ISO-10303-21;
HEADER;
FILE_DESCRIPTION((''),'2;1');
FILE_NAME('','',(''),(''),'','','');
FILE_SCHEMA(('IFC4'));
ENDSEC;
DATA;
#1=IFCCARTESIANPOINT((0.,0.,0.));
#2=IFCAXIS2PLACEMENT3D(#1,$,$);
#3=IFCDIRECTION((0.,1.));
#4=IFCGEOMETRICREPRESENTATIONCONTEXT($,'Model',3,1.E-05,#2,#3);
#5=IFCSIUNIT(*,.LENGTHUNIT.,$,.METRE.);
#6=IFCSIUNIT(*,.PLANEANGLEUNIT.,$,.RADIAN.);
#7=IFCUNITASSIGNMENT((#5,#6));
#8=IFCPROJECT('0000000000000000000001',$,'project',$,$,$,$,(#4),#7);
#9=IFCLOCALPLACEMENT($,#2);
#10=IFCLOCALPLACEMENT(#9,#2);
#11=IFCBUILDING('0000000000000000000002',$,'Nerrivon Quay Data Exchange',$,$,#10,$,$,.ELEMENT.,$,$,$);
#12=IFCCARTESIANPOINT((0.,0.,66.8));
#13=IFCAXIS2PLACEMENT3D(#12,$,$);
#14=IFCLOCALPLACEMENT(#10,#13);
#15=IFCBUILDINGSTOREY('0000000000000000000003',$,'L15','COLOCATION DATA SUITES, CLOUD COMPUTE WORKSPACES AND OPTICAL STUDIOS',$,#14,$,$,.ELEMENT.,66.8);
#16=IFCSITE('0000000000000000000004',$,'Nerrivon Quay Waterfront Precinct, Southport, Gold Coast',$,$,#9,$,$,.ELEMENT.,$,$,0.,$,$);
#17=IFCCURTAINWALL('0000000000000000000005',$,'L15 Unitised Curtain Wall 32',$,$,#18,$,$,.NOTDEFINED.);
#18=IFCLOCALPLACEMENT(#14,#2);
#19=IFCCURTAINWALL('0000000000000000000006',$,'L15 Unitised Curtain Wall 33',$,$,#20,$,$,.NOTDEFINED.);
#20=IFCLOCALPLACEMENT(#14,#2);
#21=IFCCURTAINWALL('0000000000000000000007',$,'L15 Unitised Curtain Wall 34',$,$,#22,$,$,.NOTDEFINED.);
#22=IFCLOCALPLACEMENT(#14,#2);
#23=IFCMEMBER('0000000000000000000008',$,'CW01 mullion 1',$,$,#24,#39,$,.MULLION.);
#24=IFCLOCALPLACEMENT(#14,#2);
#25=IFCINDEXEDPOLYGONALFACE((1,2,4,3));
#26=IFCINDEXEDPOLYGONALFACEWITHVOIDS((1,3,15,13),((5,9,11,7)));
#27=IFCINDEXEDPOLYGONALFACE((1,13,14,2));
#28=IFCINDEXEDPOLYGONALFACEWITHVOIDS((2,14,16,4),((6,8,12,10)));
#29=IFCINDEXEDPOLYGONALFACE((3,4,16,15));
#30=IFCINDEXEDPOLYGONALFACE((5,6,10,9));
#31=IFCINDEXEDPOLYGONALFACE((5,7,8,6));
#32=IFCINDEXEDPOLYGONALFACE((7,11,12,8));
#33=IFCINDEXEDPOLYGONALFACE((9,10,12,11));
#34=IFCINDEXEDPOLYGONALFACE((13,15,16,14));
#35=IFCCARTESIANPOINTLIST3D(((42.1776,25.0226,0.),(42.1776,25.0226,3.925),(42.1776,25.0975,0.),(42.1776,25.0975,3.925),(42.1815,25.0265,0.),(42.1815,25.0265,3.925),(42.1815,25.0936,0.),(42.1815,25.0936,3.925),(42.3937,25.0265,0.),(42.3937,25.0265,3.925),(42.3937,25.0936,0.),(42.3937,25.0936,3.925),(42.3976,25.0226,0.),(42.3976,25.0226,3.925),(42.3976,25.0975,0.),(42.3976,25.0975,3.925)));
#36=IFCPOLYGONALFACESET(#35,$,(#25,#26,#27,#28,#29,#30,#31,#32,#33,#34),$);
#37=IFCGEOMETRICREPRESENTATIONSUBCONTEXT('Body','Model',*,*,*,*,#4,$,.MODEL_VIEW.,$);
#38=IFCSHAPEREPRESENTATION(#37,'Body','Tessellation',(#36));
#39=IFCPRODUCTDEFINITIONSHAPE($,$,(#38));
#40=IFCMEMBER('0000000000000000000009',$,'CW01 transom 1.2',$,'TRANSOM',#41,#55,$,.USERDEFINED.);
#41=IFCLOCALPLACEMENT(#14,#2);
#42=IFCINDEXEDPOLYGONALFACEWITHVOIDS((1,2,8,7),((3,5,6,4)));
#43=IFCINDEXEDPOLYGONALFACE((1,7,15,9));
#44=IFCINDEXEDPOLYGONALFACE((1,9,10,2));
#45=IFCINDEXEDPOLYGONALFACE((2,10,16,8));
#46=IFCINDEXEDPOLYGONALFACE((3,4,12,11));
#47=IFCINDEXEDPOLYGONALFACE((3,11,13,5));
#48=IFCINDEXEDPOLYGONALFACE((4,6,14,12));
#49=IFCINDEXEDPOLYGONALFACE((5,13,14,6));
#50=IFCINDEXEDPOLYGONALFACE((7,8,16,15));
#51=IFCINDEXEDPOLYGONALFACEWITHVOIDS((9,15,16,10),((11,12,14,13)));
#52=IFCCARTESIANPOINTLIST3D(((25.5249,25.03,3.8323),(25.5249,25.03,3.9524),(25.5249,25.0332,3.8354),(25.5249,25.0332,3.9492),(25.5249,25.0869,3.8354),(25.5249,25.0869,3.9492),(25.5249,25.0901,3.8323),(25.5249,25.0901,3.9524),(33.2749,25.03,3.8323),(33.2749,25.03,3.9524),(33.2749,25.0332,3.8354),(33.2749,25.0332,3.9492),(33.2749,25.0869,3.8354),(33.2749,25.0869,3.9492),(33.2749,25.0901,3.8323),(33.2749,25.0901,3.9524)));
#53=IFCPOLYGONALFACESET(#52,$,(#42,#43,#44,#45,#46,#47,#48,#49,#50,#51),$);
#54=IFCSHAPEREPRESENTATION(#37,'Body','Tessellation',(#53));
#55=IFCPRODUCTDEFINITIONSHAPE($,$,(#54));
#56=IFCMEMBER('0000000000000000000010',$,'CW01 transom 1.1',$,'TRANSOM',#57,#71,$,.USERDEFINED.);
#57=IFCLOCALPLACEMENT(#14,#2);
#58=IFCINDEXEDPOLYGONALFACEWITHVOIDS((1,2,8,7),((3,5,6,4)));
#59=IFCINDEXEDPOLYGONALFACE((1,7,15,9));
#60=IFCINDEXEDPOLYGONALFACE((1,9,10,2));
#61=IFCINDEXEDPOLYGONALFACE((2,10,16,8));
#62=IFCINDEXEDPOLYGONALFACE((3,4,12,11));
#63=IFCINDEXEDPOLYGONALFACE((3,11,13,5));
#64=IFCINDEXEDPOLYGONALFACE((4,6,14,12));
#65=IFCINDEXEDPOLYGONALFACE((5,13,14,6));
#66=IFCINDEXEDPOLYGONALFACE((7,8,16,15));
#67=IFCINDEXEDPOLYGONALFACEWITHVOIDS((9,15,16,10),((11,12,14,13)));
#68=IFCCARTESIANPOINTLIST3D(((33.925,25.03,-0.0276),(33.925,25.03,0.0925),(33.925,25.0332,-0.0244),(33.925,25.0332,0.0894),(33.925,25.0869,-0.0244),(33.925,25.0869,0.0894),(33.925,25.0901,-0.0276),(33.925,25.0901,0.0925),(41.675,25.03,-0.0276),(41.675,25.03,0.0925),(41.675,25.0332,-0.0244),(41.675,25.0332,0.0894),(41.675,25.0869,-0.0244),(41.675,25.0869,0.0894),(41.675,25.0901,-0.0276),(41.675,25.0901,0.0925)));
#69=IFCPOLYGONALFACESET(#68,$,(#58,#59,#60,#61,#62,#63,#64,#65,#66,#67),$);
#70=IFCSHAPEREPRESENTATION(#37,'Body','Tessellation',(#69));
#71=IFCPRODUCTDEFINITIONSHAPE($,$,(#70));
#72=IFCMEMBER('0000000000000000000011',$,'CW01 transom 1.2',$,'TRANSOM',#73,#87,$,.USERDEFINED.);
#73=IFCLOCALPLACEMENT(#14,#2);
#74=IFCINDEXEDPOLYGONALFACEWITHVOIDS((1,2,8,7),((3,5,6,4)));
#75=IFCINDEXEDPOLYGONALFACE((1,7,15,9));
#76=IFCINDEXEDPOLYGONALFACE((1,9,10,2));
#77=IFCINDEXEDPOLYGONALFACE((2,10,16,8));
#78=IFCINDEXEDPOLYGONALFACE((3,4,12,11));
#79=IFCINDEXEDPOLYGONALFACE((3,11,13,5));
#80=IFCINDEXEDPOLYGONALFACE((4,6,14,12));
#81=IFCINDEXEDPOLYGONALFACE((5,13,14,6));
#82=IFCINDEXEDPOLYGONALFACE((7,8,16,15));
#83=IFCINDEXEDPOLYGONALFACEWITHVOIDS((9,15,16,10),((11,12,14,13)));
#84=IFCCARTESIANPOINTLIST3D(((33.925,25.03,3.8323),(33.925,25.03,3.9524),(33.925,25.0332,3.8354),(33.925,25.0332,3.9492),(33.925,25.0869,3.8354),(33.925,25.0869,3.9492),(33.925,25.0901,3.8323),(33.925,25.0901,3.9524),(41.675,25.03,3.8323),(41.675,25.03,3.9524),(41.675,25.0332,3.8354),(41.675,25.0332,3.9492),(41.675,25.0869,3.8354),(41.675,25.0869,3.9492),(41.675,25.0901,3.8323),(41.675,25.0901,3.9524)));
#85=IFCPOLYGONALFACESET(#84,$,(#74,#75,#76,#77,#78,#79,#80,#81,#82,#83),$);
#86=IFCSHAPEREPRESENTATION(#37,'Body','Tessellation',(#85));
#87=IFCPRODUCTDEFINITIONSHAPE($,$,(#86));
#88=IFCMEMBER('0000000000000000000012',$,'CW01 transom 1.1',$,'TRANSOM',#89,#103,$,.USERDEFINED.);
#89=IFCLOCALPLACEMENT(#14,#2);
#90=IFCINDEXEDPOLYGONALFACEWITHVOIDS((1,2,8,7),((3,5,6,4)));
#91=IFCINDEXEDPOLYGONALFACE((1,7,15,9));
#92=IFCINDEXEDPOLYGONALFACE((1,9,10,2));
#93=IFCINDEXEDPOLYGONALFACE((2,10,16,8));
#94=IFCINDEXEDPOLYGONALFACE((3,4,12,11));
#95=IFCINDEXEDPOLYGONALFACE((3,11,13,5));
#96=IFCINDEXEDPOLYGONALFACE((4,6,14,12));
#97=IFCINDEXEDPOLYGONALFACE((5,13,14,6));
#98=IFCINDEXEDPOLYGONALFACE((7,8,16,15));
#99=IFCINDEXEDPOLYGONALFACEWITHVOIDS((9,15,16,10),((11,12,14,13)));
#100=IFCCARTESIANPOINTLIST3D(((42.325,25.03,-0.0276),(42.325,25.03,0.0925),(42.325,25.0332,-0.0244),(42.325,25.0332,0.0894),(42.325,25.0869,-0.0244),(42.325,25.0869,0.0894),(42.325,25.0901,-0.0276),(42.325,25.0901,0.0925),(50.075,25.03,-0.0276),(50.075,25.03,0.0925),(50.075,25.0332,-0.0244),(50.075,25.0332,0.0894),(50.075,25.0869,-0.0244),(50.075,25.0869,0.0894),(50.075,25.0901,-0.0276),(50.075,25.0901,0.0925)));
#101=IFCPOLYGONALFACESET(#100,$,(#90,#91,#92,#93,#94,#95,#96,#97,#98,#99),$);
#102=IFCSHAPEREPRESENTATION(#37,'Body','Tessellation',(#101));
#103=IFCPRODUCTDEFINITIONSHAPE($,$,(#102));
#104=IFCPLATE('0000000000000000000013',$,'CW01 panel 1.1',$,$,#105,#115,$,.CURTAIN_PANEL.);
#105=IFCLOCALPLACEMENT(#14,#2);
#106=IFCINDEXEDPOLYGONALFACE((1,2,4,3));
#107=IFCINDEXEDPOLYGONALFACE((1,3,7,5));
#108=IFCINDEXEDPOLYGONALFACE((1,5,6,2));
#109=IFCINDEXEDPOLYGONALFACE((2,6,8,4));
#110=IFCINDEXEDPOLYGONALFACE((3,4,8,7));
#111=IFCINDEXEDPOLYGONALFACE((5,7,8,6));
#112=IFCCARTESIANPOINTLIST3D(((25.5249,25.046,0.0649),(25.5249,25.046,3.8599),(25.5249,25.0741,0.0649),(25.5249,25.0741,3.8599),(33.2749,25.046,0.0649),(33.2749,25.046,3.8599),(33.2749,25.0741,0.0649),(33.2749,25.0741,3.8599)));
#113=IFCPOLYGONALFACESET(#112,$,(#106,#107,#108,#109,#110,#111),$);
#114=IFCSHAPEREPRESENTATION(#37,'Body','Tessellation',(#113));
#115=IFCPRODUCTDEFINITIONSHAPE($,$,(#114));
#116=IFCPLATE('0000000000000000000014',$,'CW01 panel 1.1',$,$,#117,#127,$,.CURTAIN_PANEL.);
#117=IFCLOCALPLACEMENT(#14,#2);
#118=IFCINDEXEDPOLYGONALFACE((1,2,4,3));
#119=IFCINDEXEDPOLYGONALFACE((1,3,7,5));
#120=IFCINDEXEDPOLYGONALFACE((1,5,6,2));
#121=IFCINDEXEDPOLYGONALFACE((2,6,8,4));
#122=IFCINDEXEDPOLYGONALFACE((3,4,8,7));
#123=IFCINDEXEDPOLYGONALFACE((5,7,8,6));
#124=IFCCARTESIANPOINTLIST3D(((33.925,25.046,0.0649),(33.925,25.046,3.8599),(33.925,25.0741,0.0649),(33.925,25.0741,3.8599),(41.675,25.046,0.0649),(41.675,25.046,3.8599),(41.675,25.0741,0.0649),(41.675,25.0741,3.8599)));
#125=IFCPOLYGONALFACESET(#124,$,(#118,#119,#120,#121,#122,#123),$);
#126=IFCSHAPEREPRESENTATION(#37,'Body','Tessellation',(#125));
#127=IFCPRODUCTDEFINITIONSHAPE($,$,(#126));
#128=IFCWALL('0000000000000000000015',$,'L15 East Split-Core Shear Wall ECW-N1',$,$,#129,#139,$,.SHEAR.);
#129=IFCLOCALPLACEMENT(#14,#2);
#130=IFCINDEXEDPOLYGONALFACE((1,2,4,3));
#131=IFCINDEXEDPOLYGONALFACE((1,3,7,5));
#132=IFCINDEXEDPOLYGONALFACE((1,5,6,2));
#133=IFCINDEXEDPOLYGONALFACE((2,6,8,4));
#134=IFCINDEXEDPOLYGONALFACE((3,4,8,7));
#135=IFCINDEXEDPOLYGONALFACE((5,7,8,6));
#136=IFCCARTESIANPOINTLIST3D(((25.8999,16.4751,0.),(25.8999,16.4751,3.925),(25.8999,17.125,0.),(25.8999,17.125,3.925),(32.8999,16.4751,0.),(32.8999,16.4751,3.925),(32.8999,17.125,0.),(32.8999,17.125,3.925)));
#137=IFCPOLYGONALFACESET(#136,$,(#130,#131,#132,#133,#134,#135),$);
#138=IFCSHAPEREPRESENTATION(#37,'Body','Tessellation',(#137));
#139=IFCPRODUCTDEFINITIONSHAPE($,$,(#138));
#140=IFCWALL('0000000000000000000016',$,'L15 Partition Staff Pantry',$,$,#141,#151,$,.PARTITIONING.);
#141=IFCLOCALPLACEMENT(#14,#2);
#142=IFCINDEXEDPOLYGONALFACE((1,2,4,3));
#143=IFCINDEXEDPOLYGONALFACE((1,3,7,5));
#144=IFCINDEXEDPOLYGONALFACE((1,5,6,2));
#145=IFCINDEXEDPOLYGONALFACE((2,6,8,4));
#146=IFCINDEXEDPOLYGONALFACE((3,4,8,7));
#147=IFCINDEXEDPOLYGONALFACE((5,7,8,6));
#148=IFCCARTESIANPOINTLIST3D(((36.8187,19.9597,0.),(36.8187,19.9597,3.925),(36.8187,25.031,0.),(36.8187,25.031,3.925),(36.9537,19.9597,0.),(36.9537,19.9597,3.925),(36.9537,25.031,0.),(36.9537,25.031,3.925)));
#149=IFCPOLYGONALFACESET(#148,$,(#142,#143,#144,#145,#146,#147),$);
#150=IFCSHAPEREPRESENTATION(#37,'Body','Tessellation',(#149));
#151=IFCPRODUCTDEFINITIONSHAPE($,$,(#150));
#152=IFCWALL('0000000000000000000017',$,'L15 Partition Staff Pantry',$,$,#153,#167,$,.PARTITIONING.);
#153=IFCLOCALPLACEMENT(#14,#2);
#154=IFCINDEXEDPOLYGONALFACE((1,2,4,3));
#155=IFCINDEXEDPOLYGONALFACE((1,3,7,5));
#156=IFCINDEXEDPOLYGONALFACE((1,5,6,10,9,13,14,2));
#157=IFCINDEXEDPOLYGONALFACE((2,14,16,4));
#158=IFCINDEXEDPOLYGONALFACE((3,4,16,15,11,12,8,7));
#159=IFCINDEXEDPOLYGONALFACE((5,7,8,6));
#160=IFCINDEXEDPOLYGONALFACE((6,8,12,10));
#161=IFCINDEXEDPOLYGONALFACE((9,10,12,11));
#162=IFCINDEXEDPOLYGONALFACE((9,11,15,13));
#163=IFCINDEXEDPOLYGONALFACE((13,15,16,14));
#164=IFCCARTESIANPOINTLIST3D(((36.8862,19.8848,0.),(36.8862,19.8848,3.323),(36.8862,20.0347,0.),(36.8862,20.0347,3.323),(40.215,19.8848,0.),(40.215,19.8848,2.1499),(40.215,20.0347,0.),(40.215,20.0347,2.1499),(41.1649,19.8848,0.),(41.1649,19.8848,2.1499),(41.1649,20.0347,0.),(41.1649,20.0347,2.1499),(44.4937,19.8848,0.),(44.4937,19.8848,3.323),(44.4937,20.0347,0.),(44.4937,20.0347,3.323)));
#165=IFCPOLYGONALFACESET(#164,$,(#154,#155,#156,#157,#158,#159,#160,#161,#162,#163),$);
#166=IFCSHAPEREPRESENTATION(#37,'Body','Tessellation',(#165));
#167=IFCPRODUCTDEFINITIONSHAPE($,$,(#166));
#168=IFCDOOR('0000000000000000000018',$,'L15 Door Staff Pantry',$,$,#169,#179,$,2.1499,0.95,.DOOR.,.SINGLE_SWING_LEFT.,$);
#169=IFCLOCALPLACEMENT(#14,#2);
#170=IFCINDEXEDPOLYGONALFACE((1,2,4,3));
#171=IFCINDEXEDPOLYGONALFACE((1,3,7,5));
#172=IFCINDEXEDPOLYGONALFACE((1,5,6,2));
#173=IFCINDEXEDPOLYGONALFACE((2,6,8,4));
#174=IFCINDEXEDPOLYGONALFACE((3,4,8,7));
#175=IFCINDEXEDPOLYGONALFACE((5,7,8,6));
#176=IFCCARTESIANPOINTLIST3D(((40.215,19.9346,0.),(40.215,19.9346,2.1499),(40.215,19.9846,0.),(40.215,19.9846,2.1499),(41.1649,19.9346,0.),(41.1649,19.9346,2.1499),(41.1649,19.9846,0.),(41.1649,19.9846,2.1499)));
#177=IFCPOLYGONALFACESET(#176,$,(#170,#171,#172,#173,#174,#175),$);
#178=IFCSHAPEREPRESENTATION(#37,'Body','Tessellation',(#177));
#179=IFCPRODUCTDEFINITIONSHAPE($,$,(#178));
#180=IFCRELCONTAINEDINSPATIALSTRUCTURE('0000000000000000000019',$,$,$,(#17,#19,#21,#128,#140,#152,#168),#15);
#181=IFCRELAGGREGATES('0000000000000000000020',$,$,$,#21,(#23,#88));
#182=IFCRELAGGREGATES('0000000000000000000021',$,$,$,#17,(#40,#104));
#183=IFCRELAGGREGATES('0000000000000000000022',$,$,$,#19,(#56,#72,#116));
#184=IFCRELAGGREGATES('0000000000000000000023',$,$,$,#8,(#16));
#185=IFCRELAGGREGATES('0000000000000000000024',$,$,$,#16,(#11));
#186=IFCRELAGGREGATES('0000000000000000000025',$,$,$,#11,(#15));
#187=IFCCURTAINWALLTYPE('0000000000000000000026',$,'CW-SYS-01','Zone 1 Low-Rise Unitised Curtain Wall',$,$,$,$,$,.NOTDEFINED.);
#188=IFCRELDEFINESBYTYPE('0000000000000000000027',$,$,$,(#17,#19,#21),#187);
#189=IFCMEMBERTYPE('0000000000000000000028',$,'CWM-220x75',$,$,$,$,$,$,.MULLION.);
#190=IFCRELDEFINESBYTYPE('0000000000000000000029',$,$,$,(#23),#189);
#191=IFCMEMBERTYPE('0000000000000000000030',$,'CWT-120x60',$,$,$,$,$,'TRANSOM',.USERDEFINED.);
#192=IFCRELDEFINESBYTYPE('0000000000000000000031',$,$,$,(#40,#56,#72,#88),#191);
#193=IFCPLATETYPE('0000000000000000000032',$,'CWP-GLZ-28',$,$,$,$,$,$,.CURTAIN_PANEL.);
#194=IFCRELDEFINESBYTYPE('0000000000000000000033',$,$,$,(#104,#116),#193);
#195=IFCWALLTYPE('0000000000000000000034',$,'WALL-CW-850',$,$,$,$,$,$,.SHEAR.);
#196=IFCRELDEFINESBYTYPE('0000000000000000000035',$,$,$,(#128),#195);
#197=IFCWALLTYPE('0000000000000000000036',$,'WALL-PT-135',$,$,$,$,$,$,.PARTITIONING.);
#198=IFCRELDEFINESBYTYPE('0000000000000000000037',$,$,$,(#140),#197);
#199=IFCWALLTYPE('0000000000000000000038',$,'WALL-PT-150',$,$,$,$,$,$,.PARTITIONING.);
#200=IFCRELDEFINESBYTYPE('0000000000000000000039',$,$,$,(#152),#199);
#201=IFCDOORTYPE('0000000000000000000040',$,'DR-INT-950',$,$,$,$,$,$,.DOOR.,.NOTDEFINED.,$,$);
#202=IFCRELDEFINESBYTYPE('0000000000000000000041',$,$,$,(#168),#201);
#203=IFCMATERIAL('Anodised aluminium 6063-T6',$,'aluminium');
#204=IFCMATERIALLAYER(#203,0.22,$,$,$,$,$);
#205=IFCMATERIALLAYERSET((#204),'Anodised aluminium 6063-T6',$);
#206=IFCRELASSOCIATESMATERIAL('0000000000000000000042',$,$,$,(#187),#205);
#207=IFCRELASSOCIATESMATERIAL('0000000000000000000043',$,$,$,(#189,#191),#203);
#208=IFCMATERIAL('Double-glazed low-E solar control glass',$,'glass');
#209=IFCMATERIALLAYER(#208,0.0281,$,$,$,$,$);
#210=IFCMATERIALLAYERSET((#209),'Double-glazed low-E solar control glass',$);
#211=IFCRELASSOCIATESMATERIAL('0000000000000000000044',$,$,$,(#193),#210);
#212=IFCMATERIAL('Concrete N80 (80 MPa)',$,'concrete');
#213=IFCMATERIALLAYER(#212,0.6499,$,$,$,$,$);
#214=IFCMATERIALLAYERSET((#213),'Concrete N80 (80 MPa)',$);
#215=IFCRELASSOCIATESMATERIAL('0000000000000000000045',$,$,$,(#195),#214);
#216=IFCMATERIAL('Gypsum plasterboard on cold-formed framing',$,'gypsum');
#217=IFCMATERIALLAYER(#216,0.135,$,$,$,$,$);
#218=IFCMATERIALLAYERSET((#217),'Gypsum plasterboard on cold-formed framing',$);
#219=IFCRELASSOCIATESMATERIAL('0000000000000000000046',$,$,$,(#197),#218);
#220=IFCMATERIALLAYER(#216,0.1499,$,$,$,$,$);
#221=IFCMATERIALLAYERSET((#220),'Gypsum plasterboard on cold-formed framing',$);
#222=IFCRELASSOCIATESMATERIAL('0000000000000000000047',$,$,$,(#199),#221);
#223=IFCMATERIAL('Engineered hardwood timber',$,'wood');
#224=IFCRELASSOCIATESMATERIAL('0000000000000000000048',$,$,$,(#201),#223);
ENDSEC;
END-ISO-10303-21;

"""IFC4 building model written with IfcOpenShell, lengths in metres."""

from ifc_helpers import new_model, si_unit, direction, frame, frame_2d, origin, origin_2d, place, context, subcontext, project, spatial, rectangle, hollow_rectangle, extrude, material, layer, layer_set, material_profile, profile_set, type_object, element, fill, aggregate, save


model = new_model("IFC4")

# Units and contexts
model_context = context("Model", 3, precision=1e-05, world=origin(), true_north=direction((0.0, 1.0)))
body_context = subcontext(model_context, "Body", "Model", "MODEL_VIEW")
ifc_project = project(units=[si_unit("LENGTHUNIT", "METRE"), si_unit("PLANEANGLEUNIT", "RADIAN")], contexts=[model_context])

# Site, building, storey
site_placement = place(None, origin())
site = spatial("IfcSite", under=ifc_project, at=site_placement, Name="Nerrivon Quay Waterfront Precinct, Southport, Gold Coast", CompositionType="ELEMENT", RefElevation=0.0)
building_placement = place(site_placement, origin())
building = spatial("IfcBuilding", under=site, at=building_placement, Name="Nerrivon Quay Data Exchange", CompositionType="ELEMENT")
storey_placement = place(building_placement, frame((0.0, 0.0, 66.8)))
storey = spatial("IfcBuildingStorey", under=building, at=storey_placement, Name="L15", Description="COLOCATION DATA SUITES, CLOUD COMPUTE WORKSPACES AND OPTICAL STUDIOS", CompositionType="ELEMENT", Elevation=66.8)

# Shared definitions
ifc_material_1 = material(Name="Concrete N80 (80 MPa)", Category="concrete")

# Curtain wall
ifc_material_2 = material(Name="Anodised aluminium 6063-T6", Category="aluminium")
ifc_layer_1 = layer(ifc_material_2, 0.22)
ifc_layer_set_1 = layer_set([ifc_layer_1], Name="Anodised aluminium 6063-T6")
curtain_wall_type = type_object("IfcCurtainWallType", Name="CW-SYS-01", Description="Zone 1 Low-Rise Unitised Curtain Wall", PredefinedType="NOTDEFINED", material=ifc_layer_set_1)
curtain_wall_1_placement = place(storey_placement, origin())
curtain_wall_1 = element("IfcCurtainWall", 1, at=curtain_wall_1_placement, inside=storey, type_object=curtain_wall_type, Name="L15 Unitised Curtain Wall 32", PredefinedType="NOTDEFINED")
ifc_material_profile_1 = material_profile(ifc_material_2, hollow_rectangle(XDim=0.075, YDim=0.22, WallThickness=0.0039, at=origin_2d()), Name="ALU-MULL-220x75")
ifc_profile_set_1 = profile_set([ifc_material_profile_1], Name="Anodised aluminium 6063-T6")
member_type_1 = type_object("IfcMemberType", Name="CWM-220x75", PredefinedType="MULLION", material=ifc_profile_set_1)

# Curtain wall
curtain_wall_2_placement = place(storey_placement, origin())
curtain_wall_2 = element("IfcCurtainWall", 2, at=curtain_wall_2_placement, inside=storey, type_object=curtain_wall_type, Name="L15 Unitised Curtain Wall 33", PredefinedType="NOTDEFINED")

# Curtain wall, member
curtain_wall_3_placement = place(storey_placement, origin())
curtain_wall_3 = element("IfcCurtainWall", 3, at=curtain_wall_3_placement, inside=storey, type_object=curtain_wall_type, Name="L15 Unitised Curtain Wall 34", PredefinedType="NOTDEFINED")
member_1_placement = place(storey_placement, frame((42.2876, 25.0601, 0.0), z_axis=(0.0, 0.0, 1.0), x_axis=(0.0, 1.0, 0.0)))
member_1 = element("IfcMember", 4, at=member_1_placement, type_object=member_type_1, Name="CW01 mullion 1", PredefinedType="MULLION", context=body_context, shape_type="SweptSolid", body=[
    extrude(hollow_rectangle(XDim=0.075, YDim=0.22, WallThickness=0.0039, at=origin_2d()), origin(), (0.0, 0.0, 1.0), 3.925),
])

# Members
ifc_material_profile_2 = material_profile(ifc_material_2, hollow_rectangle(XDim=0.0601, YDim=0.1201, WallThickness=0.0032, at=origin_2d()), Name="ALU-TRAN-120x60")
ifc_profile_set_2 = profile_set([ifc_material_profile_2], Name="Anodised aluminium 6063-T6")
member_type_2 = type_object("IfcMemberType", Name="CWT-120x60", ElementType="TRANSOM", PredefinedType="USERDEFINED", material=ifc_profile_set_2)
member_2_placement = place(storey_placement, frame((25.5249, 25.0601, 3.8923), z_axis=(1.0, 0.0, 0.0), x_axis=(0.0, 1.0, 0.0)))
member_2 = element("IfcMember", 5, at=member_2_placement, type_object=member_type_2, Name="CW01 transom 1.2", ObjectType="TRANSOM", PredefinedType="USERDEFINED", context=body_context, shape_type="SweptSolid", body=[
    extrude(hollow_rectangle(XDim=0.0601, YDim=0.1201, WallThickness=0.0032, at=origin_2d()), origin(), (0.0, 0.0, 1.0), 7.75),
])
member_3_placement = place(storey_placement, frame((33.925, 25.0601, 0.0325), z_axis=(1.0, 0.0, 0.0), x_axis=(0.0, 1.0, 0.0)))
member_3 = element("IfcMember", 6, at=member_3_placement, type_object=member_type_2, Name="CW01 transom 1.1", ObjectType="TRANSOM", PredefinedType="USERDEFINED", context=body_context, shape_type="SweptSolid", body=[
    extrude(hollow_rectangle(XDim=0.0601, YDim=0.1201, WallThickness=0.0032, at=origin_2d()), origin(), (0.0, 0.0, 1.0), 7.75),
])
member_4_placement = place(storey_placement, frame((33.925, 25.0601, 3.8923), z_axis=(1.0, 0.0, 0.0), x_axis=(0.0, 1.0, 0.0)))
member_4 = element("IfcMember", 7, at=member_4_placement, type_object=member_type_2, Name="CW01 transom 1.2", ObjectType="TRANSOM", PredefinedType="USERDEFINED", context=body_context, shape_type="SweptSolid", body=[
    extrude(hollow_rectangle(XDim=0.0601, YDim=0.1201, WallThickness=0.0032, at=origin_2d()), origin(), (0.0, 0.0, 1.0), 7.75),
])
member_5_placement = place(storey_placement, frame((42.325, 25.0601, 0.0325), z_axis=(1.0, 0.0, 0.0), x_axis=(0.0, 1.0, 0.0)))
member_5 = element("IfcMember", 8, at=member_5_placement, type_object=member_type_2, Name="CW01 transom 1.1", ObjectType="TRANSOM", PredefinedType="USERDEFINED", context=body_context, shape_type="SweptSolid", body=[
    extrude(hollow_rectangle(XDim=0.0601, YDim=0.1201, WallThickness=0.0032, at=origin_2d()), origin(), (0.0, 0.0, 1.0), 7.75),
])
aggregate(curtain_wall_3, [member_1, member_5])

# Plates
ifc_material_3 = material(Name="Double-glazed low-E solar control glass", Category="glass")
ifc_layer_2 = layer(ifc_material_3, 0.0281)
ifc_layer_set_2 = layer_set([ifc_layer_2], Name="Double-glazed low-E solar control glass")
plate_type = type_object("IfcPlateType", Name="CWP-GLZ-28", PredefinedType="CURTAIN_PANEL", material=ifc_layer_set_2)
plate_1_placement = place(storey_placement, frame((29.3999, 25.0601, 0.0649), z_axis=(0.0, 0.0, 1.0), x_axis=(1.0, 0.0, 0.0)))
plate_1 = element("IfcPlate", 9, at=plate_1_placement, type_object=plate_type, Name="CW01 panel 1.1", PredefinedType="CURTAIN_PANEL", context=body_context, shape_type="SweptSolid", body=[
    extrude(rectangle(XDim=7.75, YDim=0.0281, at=origin_2d()), origin(), (0.0, 0.0, 1.0), 3.7949),
])
aggregate(curtain_wall_1, [member_2, plate_1])
plate_2_placement = place(storey_placement, frame((37.8, 25.0601, 0.0649), z_axis=(0.0, 0.0, 1.0), x_axis=(1.0, 0.0, 0.0)))
plate_2 = element("IfcPlate", 10, at=plate_2_placement, type_object=plate_type, Name="CW01 panel 1.1", PredefinedType="CURTAIN_PANEL", context=body_context, shape_type="SweptSolid", body=[
    extrude(rectangle(XDim=7.75, YDim=0.0281, at=origin_2d()), origin(), (0.0, 0.0, 1.0), 3.7949),
])
aggregate(curtain_wall_2, [member_3, member_4, plate_2])

# Walls
ifc_layer_3 = layer(ifc_material_1, 0.6499)
ifc_layer_set_3 = layer_set([ifc_layer_3], Name="Concrete N80 (80 MPa)")
wall_type_1 = type_object("IfcWallType", Name="WALL-CW-850", PredefinedType="SHEAR", material=ifc_layer_set_3)
wall_1_placement = place(storey_placement, frame((25.8999, 16.8, 0.0), z_axis=(0.0, 0.0, 1.0), x_axis=(1.0, 0.0, 0.0)))
element("IfcWall", 11, at=wall_1_placement, inside=storey, type_object=wall_type_1, Name="L15 East Split-Core Shear Wall ECW-N1", PredefinedType="SHEAR", context=body_context, shape_type="SweptSolid", body=[
    extrude(rectangle(XDim=7.0, YDim=0.6499, at=frame_2d((3.5, 0.0))), origin(), (0.0, 0.0, 1.0), 3.925),
])
ifc_material_4 = material(Name="Gypsum plasterboard on cold-formed framing", Category="gypsum")
ifc_layer_4 = layer(ifc_material_4, 0.135)
ifc_layer_set_4 = layer_set([ifc_layer_4], Name="Gypsum plasterboard on cold-formed framing")
wall_type_2 = type_object("IfcWallType", Name="WALL-PT-135", PredefinedType="PARTITIONING", material=ifc_layer_set_4)
wall_2_placement = place(storey_placement, frame((36.8862, 25.031, 0.0), z_axis=(0.0, 0.0, 1.0), x_axis=(0.0, -1.0, 0.0)))
element("IfcWall", 12, at=wall_2_placement, inside=storey, type_object=wall_type_2, Name="L15 Partition Staff Pantry", PredefinedType="PARTITIONING", context=body_context, shape_type="SweptSolid", body=[
    extrude(rectangle(XDim=5.0713, YDim=0.135, at=frame_2d((2.5356, 0.0))), origin(), (0.0, 0.0, 1.0), 3.925),
])

# Wall, opening, door
ifc_layer_5 = layer(ifc_material_4, 0.1499)
ifc_layer_set_5 = layer_set([ifc_layer_5], Name="Gypsum plasterboard on cold-formed framing")
wall_type_3 = type_object("IfcWallType", Name="WALL-PT-150", PredefinedType="PARTITIONING", material=ifc_layer_set_5)
wall_3_placement = place(storey_placement, frame((36.8862, 19.9597, 0.0), z_axis=(0.0, 0.0, 1.0), x_axis=(1.0, 0.0, 0.0)))
wall_3 = element("IfcWall", 13, at=wall_3_placement, inside=storey, type_object=wall_type_3, Name="L15 Partition Staff Pantry", PredefinedType="PARTITIONING", context=body_context, shape_type="SweptSolid", body=[
    extrude(rectangle(XDim=7.6074, YDim=0.1499, at=frame_2d((3.8037, 0.0))), origin(), (0.0, 0.0, 1.0), 3.323),
])
opening_placement = place(wall_3_placement, frame((3.3286, 0.0, 0.0)))
opening = element("IfcOpeningElement", 14, at=opening_placement, cuts=wall_3, PredefinedType="OPENING", context=body_context, shape_type="SweptSolid", body=[
    extrude(rectangle(XDim=0.95, YDim=2.1499, at=frame_2d((0.4751, 1.075))), frame((0.0, 0.085, 0.0), z_axis=(0.0, -1.0, 0.0), x_axis=(1.0, 0.0, 0.0)), (0.0, 0.0, 1.0), 0.1699),
])
ifc_material_5 = material(Name="Engineered hardwood timber", Category="wood")
door_type = type_object("IfcDoorType", Name="DR-INT-950", OperationType="NOTDEFINED", PredefinedType="DOOR", material=ifc_material_5)
door_placement = place(opening_placement, origin())
door = element("IfcDoor", 15, at=door_placement, inside=storey, type_object=door_type, Name="L15 Door Staff Pantry", OperationType="SINGLE_SWING_LEFT", OverallHeight=2.1499, OverallWidth=0.95, PredefinedType="DOOR", context=body_context, shape_type="SweptSolid", body=[
    extrude(rectangle(XDim=0.95, YDim=2.1499, at=frame_2d((0.4751, 1.075))), frame((0.0, 0.0249, 0.0), z_axis=(0.0, -1.0, 0.0), x_axis=(1.0, 0.0, 0.0)), (0.0, 0.0, 1.0), 0.05),
])
fill(opening, door)

save(model, "model.ifc")
